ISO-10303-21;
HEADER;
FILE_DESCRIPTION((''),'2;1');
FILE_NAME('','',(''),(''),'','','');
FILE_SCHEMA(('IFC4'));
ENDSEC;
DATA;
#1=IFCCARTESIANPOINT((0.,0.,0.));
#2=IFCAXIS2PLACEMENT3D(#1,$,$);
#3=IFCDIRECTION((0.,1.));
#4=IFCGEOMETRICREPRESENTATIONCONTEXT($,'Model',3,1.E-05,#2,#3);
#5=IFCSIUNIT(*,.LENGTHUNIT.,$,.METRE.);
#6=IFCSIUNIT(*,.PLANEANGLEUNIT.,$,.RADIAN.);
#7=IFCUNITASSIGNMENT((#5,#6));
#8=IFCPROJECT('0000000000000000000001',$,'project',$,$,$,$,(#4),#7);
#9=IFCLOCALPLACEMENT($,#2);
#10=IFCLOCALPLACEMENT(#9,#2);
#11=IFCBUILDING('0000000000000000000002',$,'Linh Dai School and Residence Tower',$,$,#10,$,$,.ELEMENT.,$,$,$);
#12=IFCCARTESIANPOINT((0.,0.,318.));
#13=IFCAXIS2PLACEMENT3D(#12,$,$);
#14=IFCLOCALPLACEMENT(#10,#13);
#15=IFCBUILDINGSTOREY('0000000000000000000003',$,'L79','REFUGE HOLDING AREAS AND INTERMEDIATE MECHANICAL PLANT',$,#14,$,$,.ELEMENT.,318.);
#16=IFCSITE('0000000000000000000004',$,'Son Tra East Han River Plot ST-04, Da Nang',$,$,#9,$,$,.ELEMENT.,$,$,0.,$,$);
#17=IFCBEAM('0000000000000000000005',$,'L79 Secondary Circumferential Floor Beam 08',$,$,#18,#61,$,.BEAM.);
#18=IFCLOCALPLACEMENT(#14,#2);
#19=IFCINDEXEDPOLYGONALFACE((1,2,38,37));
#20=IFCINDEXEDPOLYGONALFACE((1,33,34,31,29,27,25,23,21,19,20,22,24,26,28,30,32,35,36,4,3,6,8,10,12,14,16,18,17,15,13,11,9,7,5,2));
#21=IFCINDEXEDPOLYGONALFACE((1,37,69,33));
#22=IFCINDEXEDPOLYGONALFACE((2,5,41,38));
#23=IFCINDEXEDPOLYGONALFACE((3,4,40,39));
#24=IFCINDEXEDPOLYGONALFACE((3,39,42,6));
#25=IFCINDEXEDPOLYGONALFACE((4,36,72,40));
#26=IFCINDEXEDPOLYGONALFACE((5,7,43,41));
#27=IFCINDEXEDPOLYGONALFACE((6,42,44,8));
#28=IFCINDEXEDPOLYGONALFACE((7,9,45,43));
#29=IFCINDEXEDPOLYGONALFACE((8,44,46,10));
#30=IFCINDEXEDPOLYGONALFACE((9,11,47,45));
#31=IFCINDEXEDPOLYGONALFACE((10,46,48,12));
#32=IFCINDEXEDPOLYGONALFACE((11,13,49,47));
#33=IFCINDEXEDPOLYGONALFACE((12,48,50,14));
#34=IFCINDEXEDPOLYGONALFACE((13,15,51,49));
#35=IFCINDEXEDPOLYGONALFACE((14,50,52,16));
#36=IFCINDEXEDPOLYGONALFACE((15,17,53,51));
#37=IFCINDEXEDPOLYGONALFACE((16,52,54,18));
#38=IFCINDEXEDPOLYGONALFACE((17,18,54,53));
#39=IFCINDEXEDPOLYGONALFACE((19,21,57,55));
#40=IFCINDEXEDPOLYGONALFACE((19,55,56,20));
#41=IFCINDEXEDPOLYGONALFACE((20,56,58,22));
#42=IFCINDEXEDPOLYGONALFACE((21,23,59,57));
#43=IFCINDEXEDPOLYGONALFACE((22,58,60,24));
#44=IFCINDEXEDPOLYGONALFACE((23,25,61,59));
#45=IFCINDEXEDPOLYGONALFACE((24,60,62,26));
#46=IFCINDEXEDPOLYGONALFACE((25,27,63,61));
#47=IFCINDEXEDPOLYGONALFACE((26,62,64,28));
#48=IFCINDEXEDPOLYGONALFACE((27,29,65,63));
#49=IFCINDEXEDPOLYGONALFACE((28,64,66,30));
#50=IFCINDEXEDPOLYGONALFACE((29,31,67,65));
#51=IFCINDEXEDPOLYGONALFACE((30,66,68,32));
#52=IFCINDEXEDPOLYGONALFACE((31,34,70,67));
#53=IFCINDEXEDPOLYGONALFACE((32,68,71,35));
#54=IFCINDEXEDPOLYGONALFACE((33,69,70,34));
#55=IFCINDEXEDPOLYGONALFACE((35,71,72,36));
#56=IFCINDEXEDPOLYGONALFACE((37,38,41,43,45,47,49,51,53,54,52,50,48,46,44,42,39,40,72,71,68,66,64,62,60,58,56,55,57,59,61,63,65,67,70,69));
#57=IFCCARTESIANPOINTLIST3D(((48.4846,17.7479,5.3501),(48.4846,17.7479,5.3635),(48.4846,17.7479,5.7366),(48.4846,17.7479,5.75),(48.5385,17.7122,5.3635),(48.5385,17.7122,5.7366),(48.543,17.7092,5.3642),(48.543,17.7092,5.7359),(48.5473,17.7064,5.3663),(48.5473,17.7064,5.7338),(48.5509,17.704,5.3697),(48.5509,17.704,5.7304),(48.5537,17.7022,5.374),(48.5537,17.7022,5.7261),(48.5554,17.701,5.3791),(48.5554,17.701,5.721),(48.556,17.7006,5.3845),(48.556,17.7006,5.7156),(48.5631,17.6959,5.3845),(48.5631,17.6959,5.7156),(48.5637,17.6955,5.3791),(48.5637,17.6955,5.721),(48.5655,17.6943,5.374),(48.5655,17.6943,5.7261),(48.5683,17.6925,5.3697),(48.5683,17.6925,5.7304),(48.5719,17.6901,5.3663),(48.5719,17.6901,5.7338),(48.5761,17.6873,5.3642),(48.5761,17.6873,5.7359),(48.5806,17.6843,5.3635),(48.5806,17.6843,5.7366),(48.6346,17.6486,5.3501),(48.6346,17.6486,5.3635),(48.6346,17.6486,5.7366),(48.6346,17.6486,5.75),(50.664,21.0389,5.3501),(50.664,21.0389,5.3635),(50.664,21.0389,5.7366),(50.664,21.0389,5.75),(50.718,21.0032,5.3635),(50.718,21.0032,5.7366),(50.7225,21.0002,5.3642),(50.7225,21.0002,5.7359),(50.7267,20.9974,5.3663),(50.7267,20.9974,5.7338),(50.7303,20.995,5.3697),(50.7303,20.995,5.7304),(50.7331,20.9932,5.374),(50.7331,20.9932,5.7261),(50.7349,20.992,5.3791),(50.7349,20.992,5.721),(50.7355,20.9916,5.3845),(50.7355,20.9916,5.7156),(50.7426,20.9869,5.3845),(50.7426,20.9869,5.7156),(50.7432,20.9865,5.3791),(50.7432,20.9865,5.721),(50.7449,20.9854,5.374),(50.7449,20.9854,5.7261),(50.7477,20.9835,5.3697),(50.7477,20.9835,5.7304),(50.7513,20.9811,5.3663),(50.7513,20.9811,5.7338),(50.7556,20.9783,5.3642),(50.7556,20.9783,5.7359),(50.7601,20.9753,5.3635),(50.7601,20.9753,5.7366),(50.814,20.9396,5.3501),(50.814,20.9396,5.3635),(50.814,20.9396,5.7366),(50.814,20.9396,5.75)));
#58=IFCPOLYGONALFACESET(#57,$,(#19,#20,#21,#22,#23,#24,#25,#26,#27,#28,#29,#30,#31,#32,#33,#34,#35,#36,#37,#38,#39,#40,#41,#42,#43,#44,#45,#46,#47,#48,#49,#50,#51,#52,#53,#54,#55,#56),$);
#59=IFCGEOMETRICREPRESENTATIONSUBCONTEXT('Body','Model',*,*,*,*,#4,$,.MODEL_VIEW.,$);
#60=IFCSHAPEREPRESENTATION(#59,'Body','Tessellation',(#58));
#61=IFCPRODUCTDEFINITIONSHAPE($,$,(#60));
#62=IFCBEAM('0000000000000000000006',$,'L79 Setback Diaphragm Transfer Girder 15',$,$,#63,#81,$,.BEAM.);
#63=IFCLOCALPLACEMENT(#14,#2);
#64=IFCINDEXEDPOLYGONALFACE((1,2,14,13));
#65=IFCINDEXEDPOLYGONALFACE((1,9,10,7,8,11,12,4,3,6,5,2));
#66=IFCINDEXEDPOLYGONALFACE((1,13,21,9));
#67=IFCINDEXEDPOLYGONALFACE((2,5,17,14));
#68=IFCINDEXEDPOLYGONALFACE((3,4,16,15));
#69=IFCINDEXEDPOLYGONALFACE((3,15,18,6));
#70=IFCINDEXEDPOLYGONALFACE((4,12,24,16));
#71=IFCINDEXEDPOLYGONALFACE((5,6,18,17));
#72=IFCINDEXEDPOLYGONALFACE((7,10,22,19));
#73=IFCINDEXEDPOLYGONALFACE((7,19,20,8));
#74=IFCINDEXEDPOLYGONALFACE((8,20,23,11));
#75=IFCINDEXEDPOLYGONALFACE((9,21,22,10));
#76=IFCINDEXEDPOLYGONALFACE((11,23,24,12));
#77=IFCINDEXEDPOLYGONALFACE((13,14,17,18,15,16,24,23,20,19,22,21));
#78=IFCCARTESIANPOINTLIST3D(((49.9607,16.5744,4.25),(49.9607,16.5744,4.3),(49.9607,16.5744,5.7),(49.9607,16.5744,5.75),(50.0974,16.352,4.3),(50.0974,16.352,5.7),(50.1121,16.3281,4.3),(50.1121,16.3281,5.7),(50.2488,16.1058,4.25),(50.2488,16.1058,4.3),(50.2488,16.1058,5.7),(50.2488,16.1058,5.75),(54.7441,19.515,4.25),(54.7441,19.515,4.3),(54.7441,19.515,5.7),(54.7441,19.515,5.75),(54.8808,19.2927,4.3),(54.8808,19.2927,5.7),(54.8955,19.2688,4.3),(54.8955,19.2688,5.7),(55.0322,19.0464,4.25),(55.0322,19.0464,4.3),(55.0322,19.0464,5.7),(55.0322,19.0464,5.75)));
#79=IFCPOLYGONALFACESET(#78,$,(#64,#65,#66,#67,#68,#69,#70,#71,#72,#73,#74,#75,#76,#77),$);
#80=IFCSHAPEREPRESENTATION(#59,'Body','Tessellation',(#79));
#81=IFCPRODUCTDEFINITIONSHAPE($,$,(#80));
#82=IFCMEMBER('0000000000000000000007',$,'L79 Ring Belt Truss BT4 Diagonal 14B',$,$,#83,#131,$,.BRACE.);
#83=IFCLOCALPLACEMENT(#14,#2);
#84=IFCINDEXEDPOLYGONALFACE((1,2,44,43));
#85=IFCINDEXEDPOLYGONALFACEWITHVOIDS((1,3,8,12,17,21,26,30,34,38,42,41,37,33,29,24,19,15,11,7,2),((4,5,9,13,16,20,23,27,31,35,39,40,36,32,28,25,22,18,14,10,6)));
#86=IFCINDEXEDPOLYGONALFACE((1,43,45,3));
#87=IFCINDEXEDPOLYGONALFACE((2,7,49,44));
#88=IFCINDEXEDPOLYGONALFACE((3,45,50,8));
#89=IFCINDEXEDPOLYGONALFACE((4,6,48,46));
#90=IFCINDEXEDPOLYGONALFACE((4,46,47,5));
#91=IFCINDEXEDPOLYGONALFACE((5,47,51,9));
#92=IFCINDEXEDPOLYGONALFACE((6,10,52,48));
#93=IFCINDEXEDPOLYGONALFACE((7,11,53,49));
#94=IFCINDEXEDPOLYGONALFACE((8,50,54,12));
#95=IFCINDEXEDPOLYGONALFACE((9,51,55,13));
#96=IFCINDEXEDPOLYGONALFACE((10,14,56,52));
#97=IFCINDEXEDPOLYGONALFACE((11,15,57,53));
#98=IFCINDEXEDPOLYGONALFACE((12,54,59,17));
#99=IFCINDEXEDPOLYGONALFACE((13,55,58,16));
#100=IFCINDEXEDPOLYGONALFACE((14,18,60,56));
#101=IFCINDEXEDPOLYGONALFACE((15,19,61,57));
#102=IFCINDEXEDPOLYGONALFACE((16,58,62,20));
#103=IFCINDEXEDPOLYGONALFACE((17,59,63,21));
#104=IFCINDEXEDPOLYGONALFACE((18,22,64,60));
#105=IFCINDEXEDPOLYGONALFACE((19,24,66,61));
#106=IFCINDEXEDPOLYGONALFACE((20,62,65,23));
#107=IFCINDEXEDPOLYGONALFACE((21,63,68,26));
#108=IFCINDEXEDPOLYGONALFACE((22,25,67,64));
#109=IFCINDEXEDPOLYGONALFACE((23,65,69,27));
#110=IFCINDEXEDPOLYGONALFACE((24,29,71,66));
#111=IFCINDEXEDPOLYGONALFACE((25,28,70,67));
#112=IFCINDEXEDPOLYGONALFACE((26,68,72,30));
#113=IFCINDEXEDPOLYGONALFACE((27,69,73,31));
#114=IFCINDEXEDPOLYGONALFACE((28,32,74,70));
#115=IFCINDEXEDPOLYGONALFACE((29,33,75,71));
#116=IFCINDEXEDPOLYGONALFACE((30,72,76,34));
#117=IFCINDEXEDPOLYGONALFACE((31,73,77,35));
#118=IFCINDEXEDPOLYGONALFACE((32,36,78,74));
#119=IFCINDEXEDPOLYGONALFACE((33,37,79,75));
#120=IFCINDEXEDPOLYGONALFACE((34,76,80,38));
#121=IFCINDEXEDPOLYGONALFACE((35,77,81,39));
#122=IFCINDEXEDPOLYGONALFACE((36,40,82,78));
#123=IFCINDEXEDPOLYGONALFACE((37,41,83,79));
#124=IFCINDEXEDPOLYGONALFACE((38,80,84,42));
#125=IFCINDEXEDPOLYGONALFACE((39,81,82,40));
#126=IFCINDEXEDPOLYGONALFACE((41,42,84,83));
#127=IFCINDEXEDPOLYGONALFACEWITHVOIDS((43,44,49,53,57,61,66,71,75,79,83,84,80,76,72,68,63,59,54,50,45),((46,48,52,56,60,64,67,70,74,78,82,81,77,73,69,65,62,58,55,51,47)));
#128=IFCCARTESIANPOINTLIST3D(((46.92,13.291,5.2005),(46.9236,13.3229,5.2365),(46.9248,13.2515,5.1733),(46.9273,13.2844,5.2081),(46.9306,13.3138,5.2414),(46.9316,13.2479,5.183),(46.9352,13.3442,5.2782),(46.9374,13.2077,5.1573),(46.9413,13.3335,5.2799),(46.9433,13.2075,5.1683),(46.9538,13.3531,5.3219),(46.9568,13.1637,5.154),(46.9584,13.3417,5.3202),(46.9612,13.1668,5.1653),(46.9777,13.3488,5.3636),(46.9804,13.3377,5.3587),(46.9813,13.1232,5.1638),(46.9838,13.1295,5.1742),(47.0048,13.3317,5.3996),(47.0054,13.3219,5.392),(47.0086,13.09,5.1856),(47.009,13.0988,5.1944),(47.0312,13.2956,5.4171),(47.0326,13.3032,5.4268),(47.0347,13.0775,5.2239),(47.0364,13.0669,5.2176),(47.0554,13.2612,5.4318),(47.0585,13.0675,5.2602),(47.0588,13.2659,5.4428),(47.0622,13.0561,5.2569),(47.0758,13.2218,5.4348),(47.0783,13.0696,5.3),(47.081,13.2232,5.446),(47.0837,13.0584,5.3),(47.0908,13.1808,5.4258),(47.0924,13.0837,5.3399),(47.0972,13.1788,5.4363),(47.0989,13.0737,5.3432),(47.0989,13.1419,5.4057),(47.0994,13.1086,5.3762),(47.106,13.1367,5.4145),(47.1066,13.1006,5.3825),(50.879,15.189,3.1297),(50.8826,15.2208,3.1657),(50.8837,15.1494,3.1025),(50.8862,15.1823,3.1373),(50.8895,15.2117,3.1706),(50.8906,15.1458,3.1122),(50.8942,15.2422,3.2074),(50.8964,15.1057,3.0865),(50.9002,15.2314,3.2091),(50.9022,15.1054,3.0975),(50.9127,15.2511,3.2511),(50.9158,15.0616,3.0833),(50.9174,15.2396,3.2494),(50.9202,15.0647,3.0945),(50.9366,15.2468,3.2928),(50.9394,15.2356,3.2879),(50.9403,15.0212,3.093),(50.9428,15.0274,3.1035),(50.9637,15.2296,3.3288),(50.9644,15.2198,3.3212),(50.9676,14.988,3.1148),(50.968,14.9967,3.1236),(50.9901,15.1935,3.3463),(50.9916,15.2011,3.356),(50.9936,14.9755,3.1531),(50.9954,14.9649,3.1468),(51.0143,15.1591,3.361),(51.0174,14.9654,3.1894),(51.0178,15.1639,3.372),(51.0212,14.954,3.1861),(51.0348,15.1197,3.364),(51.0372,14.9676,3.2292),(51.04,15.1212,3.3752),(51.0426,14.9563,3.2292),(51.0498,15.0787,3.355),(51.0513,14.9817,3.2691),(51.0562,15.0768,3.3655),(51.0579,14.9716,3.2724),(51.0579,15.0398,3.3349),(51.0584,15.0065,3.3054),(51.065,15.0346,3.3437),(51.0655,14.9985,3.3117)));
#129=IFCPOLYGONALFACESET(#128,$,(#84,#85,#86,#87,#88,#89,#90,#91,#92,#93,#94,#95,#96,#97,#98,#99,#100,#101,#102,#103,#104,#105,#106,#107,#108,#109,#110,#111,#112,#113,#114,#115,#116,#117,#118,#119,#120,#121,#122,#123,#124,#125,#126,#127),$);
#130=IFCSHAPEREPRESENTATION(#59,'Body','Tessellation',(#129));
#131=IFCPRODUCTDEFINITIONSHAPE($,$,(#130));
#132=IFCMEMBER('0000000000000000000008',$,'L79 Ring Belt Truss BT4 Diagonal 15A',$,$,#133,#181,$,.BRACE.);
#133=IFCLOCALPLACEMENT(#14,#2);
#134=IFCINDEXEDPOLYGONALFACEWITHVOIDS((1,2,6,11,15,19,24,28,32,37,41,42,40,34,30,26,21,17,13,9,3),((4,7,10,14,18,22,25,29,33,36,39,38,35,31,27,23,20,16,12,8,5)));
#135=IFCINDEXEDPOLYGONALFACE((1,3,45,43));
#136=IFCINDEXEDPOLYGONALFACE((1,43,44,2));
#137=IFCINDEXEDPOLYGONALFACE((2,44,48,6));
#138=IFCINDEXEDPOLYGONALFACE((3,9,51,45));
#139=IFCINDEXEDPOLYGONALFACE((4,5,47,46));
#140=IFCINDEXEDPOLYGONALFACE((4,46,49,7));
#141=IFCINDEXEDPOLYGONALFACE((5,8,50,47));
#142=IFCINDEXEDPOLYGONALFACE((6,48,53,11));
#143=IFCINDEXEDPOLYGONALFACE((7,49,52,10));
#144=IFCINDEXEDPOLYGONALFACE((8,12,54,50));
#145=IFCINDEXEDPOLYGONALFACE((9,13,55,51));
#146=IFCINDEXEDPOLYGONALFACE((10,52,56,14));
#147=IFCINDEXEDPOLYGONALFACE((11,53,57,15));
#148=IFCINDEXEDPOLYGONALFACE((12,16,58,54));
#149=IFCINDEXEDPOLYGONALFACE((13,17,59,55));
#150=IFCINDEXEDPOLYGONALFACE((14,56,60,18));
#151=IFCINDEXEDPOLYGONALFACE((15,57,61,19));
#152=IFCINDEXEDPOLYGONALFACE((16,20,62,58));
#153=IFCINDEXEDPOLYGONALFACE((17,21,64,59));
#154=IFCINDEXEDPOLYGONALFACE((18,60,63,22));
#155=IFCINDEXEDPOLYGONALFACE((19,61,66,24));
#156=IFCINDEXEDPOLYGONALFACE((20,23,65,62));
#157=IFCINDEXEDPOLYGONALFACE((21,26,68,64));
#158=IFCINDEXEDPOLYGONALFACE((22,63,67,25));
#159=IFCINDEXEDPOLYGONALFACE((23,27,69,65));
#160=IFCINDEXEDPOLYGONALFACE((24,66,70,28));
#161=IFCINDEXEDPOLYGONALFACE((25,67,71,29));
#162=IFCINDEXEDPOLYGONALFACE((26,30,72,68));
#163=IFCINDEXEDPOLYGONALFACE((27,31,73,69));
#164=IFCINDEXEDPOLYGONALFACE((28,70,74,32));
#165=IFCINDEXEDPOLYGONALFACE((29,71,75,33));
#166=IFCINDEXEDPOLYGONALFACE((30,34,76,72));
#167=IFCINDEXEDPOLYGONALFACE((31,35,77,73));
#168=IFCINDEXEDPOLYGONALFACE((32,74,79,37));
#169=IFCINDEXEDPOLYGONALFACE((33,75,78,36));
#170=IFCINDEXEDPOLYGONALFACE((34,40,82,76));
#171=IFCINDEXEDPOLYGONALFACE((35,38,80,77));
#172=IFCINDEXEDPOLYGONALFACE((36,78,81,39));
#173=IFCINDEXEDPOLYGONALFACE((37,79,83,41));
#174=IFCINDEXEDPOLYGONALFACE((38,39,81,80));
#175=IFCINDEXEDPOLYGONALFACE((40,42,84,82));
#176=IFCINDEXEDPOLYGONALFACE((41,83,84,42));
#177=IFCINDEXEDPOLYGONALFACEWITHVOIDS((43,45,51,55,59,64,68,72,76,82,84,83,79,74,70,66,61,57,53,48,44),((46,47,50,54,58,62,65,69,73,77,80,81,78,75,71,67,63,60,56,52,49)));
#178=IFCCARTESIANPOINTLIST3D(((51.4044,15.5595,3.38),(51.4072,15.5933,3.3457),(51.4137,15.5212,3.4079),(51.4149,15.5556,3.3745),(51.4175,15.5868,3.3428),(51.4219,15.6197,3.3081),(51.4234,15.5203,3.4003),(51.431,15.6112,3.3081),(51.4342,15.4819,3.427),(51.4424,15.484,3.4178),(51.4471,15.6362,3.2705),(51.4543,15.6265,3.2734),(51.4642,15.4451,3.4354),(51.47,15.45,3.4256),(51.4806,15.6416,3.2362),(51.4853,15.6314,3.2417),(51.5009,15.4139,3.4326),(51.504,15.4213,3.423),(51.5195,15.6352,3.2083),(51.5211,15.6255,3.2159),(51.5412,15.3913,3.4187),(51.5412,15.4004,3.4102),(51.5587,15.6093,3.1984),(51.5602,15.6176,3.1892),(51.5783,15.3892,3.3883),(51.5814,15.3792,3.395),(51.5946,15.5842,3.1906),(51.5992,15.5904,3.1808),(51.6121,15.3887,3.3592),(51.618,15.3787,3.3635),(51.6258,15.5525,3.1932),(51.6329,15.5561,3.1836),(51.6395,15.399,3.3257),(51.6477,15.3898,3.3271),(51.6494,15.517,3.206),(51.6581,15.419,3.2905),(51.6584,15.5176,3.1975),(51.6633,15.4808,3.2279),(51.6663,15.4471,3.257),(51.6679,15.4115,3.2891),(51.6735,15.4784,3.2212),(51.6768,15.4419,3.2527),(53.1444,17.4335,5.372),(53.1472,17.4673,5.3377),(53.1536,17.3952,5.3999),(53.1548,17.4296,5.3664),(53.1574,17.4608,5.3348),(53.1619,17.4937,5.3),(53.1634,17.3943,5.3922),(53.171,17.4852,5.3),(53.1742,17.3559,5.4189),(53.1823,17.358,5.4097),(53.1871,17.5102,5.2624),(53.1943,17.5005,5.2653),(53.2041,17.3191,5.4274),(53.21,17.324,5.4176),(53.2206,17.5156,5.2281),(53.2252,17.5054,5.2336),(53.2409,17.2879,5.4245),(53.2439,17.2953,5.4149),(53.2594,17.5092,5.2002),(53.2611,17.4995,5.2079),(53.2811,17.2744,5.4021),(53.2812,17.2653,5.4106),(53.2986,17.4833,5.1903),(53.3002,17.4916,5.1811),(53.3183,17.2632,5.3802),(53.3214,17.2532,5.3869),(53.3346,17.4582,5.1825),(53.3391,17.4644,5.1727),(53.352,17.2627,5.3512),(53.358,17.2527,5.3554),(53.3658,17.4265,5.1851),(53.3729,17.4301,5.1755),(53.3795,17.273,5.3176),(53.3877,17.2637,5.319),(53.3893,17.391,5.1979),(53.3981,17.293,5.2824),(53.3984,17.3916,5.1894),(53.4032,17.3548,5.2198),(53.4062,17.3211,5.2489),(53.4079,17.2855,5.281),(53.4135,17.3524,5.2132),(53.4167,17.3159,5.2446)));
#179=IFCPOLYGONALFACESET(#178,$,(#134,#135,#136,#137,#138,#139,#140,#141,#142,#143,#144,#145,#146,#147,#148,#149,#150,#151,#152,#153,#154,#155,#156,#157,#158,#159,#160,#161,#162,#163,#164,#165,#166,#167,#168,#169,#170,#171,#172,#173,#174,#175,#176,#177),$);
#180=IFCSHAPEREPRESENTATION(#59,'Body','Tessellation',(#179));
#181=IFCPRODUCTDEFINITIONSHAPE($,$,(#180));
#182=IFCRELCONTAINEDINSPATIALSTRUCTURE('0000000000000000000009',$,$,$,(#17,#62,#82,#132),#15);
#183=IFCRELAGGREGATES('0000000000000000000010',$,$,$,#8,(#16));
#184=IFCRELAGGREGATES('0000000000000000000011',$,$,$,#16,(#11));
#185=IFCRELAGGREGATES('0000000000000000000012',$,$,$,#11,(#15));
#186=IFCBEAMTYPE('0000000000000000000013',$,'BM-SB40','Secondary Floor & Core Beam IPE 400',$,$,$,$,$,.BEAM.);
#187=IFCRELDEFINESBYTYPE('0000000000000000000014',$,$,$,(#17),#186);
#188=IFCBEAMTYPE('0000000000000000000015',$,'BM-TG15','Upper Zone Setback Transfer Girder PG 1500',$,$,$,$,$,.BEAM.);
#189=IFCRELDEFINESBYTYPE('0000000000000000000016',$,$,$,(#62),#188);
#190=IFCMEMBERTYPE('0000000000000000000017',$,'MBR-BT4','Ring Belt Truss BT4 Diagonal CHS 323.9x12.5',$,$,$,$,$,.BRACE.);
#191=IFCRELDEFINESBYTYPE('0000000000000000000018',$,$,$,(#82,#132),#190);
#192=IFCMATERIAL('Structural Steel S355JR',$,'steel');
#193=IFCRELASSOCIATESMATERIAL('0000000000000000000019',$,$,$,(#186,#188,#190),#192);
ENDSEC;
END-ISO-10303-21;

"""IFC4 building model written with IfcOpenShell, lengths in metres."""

from ifc_helpers import new_model, si_unit, direction, frame, origin, origin_2d, place, context, subcontext, project, spatial, hollow_circle, i_section, extrude, material, material_profile, profile_set, type_object, element, save


model = new_model("IFC4")

# Units and contexts
model_context = context("Model", 3, precision=1e-05, world=origin(), true_north=direction((0.0, 1.0)))
body_context = subcontext(model_context, "Body", "Model", "MODEL_VIEW")
ifc_project = project(units=[si_unit("LENGTHUNIT", "METRE"), si_unit("PLANEANGLEUNIT", "RADIAN")], contexts=[model_context])

# Site, building, storey
site_placement = place(None, origin())
site = spatial("IfcSite", under=ifc_project, at=site_placement, Name="Son Tra East Han River Plot ST-04, Da Nang", CompositionType="ELEMENT", RefElevation=0.0)
building_placement = place(site_placement, origin())
building = spatial("IfcBuilding", under=site, at=building_placement, Name="Linh Dai School and Residence Tower", CompositionType="ELEMENT")
storey_placement = place(building_placement, frame((0.0, 0.0, 318.0)))
storey = spatial("IfcBuildingStorey", under=building, at=storey_placement, Name="L79", Description="REFUGE HOLDING AREAS AND INTERMEDIATE MECHANICAL PLANT", CompositionType="ELEMENT", Elevation=318.0)

# Shared definitions
ifc_material_1 = material(Name="Structural Steel S355JR", Category="steel")

# Beams
ifc_material_profile_1 = material_profile(ifc_material_1, i_section(OverallWidth=0.1799, OverallDepth=0.3999, WebThickness=0.0085, FlangeThickness=0.0134, FilletRadius=0.021, at=origin_2d()), Name="IPE 400")
ifc_profile_set_1 = profile_set([ifc_material_profile_1], Name="Structural Steel S355JR")
beam_type_1 = type_object("IfcBeamType", Name="BM-SB40", Description="Secondary Floor & Core Beam IPE 400", PredefinedType="BEAM", material=ifc_profile_set_1)
beam_1_placement = place(storey_placement, frame((48.5596, 17.6982, 5.55), z_axis=(0.552143, 0.83375, 0.0), x_axis=(-0.83375, 0.552143, 0.0)))
element("IfcBeam", 1, at=beam_1_placement, inside=storey, type_object=beam_type_1, Name="L79 Secondary Circumferential Floor Beam 08", PredefinedType="BEAM", context=body_context, shape_type="SweptSolid", body=[
    extrude(i_section(OverallWidth=0.1799, OverallDepth=0.3999, WebThickness=0.0085, FlangeThickness=0.0134, FilletRadius=0.021, at=origin_2d()), origin(), (0.0, 0.0, 1.0), 3.9473),
])
ifc_material_profile_2 = material_profile(ifc_material_1, i_section(OverallWidth=0.55, OverallDepth=1.5, WebThickness=0.0281, FlangeThickness=0.05, at=origin_2d()), Name="PG 1500x550x28x50")
ifc_profile_set_2 = profile_set([ifc_material_profile_2], Name="Structural Steel S355JR")
beam_type_2 = type_object("IfcBeamType", Name="BM-TG15", Description="Upper Zone Setback Transfer Girder PG 1500", PredefinedType="BEAM", material=ifc_profile_set_2)
beam_2_placement = place(storey_placement, frame((50.1047, 16.3401, 5.0), z_axis=(0.851896, 0.523712, 0.0), x_axis=(-0.523712, 0.851896, 0.0)))
element("IfcBeam", 2, at=beam_2_placement, inside=storey, type_object=beam_type_2, Name="L79 Setback Diaphragm Transfer Girder 15", PredefinedType="BEAM", context=body_context, shape_type="SweptSolid", body=[
    extrude(i_section(OverallWidth=0.55, OverallDepth=1.5, WebThickness=0.0281, FlangeThickness=0.05, at=origin_2d()), origin(), (0.0, 0.0, 1.0), 5.615),
])

# Members
ifc_material_profile_3 = material_profile(ifc_material_1, hollow_circle(Radius=0.1619, WallThickness=0.0125, at=origin_2d()), Name="CHS 323.9x12.5")
ifc_profile_set_3 = profile_set([ifc_material_profile_3], Name="Structural Steel S355JR")
member_type_1 = type_object("IfcMemberType", Name="MBR-BT4", Description="Ring Belt Truss BT4 Diagonal CHS 323.9x12.5", PredefinedType="BRACE", material=ifc_profile_set_3)
member_1_placement = place(storey_placement, frame((50.9727, 15.1023, 3.2292), z_axis=(-0.815567, -0.390985, 0.426593), x_axis=(0.432294, -0.901733, 0.0)))
element("IfcMember", 3, at=member_1_placement, inside=storey, type_object=member_type_1, Name="L79 Ring Belt Truss BT4 Diagonal 14B", PredefinedType="BRACE", context=body_context, shape_type="SweptSolid", body=[
    extrude(hollow_circle(Radius=0.1619, WallThickness=0.0125, at=origin_2d()), origin(), (0.0, 0.0, 1.0), 4.8542),
])
member_2_placement = place(storey_placement, frame((51.5405, 15.5095, 3.3081), z_axis=(0.536784, 0.578133, 0.614511), x_axis=(-0.732827, 0.680414, 0.0)))
element("IfcMember", 4, at=member_2_placement, inside=storey, type_object=member_type_1, Name="L79 Ring Belt Truss BT4 Diagonal 15A", PredefinedType="BRACE", context=body_context, shape_type="SweptSolid", body=[
    extrude(hollow_circle(Radius=0.1619, WallThickness=0.0125, at=origin_2d()), origin(), (0.0, 0.0, 1.0), 3.2415),
])

save(model, "model.ifc")
